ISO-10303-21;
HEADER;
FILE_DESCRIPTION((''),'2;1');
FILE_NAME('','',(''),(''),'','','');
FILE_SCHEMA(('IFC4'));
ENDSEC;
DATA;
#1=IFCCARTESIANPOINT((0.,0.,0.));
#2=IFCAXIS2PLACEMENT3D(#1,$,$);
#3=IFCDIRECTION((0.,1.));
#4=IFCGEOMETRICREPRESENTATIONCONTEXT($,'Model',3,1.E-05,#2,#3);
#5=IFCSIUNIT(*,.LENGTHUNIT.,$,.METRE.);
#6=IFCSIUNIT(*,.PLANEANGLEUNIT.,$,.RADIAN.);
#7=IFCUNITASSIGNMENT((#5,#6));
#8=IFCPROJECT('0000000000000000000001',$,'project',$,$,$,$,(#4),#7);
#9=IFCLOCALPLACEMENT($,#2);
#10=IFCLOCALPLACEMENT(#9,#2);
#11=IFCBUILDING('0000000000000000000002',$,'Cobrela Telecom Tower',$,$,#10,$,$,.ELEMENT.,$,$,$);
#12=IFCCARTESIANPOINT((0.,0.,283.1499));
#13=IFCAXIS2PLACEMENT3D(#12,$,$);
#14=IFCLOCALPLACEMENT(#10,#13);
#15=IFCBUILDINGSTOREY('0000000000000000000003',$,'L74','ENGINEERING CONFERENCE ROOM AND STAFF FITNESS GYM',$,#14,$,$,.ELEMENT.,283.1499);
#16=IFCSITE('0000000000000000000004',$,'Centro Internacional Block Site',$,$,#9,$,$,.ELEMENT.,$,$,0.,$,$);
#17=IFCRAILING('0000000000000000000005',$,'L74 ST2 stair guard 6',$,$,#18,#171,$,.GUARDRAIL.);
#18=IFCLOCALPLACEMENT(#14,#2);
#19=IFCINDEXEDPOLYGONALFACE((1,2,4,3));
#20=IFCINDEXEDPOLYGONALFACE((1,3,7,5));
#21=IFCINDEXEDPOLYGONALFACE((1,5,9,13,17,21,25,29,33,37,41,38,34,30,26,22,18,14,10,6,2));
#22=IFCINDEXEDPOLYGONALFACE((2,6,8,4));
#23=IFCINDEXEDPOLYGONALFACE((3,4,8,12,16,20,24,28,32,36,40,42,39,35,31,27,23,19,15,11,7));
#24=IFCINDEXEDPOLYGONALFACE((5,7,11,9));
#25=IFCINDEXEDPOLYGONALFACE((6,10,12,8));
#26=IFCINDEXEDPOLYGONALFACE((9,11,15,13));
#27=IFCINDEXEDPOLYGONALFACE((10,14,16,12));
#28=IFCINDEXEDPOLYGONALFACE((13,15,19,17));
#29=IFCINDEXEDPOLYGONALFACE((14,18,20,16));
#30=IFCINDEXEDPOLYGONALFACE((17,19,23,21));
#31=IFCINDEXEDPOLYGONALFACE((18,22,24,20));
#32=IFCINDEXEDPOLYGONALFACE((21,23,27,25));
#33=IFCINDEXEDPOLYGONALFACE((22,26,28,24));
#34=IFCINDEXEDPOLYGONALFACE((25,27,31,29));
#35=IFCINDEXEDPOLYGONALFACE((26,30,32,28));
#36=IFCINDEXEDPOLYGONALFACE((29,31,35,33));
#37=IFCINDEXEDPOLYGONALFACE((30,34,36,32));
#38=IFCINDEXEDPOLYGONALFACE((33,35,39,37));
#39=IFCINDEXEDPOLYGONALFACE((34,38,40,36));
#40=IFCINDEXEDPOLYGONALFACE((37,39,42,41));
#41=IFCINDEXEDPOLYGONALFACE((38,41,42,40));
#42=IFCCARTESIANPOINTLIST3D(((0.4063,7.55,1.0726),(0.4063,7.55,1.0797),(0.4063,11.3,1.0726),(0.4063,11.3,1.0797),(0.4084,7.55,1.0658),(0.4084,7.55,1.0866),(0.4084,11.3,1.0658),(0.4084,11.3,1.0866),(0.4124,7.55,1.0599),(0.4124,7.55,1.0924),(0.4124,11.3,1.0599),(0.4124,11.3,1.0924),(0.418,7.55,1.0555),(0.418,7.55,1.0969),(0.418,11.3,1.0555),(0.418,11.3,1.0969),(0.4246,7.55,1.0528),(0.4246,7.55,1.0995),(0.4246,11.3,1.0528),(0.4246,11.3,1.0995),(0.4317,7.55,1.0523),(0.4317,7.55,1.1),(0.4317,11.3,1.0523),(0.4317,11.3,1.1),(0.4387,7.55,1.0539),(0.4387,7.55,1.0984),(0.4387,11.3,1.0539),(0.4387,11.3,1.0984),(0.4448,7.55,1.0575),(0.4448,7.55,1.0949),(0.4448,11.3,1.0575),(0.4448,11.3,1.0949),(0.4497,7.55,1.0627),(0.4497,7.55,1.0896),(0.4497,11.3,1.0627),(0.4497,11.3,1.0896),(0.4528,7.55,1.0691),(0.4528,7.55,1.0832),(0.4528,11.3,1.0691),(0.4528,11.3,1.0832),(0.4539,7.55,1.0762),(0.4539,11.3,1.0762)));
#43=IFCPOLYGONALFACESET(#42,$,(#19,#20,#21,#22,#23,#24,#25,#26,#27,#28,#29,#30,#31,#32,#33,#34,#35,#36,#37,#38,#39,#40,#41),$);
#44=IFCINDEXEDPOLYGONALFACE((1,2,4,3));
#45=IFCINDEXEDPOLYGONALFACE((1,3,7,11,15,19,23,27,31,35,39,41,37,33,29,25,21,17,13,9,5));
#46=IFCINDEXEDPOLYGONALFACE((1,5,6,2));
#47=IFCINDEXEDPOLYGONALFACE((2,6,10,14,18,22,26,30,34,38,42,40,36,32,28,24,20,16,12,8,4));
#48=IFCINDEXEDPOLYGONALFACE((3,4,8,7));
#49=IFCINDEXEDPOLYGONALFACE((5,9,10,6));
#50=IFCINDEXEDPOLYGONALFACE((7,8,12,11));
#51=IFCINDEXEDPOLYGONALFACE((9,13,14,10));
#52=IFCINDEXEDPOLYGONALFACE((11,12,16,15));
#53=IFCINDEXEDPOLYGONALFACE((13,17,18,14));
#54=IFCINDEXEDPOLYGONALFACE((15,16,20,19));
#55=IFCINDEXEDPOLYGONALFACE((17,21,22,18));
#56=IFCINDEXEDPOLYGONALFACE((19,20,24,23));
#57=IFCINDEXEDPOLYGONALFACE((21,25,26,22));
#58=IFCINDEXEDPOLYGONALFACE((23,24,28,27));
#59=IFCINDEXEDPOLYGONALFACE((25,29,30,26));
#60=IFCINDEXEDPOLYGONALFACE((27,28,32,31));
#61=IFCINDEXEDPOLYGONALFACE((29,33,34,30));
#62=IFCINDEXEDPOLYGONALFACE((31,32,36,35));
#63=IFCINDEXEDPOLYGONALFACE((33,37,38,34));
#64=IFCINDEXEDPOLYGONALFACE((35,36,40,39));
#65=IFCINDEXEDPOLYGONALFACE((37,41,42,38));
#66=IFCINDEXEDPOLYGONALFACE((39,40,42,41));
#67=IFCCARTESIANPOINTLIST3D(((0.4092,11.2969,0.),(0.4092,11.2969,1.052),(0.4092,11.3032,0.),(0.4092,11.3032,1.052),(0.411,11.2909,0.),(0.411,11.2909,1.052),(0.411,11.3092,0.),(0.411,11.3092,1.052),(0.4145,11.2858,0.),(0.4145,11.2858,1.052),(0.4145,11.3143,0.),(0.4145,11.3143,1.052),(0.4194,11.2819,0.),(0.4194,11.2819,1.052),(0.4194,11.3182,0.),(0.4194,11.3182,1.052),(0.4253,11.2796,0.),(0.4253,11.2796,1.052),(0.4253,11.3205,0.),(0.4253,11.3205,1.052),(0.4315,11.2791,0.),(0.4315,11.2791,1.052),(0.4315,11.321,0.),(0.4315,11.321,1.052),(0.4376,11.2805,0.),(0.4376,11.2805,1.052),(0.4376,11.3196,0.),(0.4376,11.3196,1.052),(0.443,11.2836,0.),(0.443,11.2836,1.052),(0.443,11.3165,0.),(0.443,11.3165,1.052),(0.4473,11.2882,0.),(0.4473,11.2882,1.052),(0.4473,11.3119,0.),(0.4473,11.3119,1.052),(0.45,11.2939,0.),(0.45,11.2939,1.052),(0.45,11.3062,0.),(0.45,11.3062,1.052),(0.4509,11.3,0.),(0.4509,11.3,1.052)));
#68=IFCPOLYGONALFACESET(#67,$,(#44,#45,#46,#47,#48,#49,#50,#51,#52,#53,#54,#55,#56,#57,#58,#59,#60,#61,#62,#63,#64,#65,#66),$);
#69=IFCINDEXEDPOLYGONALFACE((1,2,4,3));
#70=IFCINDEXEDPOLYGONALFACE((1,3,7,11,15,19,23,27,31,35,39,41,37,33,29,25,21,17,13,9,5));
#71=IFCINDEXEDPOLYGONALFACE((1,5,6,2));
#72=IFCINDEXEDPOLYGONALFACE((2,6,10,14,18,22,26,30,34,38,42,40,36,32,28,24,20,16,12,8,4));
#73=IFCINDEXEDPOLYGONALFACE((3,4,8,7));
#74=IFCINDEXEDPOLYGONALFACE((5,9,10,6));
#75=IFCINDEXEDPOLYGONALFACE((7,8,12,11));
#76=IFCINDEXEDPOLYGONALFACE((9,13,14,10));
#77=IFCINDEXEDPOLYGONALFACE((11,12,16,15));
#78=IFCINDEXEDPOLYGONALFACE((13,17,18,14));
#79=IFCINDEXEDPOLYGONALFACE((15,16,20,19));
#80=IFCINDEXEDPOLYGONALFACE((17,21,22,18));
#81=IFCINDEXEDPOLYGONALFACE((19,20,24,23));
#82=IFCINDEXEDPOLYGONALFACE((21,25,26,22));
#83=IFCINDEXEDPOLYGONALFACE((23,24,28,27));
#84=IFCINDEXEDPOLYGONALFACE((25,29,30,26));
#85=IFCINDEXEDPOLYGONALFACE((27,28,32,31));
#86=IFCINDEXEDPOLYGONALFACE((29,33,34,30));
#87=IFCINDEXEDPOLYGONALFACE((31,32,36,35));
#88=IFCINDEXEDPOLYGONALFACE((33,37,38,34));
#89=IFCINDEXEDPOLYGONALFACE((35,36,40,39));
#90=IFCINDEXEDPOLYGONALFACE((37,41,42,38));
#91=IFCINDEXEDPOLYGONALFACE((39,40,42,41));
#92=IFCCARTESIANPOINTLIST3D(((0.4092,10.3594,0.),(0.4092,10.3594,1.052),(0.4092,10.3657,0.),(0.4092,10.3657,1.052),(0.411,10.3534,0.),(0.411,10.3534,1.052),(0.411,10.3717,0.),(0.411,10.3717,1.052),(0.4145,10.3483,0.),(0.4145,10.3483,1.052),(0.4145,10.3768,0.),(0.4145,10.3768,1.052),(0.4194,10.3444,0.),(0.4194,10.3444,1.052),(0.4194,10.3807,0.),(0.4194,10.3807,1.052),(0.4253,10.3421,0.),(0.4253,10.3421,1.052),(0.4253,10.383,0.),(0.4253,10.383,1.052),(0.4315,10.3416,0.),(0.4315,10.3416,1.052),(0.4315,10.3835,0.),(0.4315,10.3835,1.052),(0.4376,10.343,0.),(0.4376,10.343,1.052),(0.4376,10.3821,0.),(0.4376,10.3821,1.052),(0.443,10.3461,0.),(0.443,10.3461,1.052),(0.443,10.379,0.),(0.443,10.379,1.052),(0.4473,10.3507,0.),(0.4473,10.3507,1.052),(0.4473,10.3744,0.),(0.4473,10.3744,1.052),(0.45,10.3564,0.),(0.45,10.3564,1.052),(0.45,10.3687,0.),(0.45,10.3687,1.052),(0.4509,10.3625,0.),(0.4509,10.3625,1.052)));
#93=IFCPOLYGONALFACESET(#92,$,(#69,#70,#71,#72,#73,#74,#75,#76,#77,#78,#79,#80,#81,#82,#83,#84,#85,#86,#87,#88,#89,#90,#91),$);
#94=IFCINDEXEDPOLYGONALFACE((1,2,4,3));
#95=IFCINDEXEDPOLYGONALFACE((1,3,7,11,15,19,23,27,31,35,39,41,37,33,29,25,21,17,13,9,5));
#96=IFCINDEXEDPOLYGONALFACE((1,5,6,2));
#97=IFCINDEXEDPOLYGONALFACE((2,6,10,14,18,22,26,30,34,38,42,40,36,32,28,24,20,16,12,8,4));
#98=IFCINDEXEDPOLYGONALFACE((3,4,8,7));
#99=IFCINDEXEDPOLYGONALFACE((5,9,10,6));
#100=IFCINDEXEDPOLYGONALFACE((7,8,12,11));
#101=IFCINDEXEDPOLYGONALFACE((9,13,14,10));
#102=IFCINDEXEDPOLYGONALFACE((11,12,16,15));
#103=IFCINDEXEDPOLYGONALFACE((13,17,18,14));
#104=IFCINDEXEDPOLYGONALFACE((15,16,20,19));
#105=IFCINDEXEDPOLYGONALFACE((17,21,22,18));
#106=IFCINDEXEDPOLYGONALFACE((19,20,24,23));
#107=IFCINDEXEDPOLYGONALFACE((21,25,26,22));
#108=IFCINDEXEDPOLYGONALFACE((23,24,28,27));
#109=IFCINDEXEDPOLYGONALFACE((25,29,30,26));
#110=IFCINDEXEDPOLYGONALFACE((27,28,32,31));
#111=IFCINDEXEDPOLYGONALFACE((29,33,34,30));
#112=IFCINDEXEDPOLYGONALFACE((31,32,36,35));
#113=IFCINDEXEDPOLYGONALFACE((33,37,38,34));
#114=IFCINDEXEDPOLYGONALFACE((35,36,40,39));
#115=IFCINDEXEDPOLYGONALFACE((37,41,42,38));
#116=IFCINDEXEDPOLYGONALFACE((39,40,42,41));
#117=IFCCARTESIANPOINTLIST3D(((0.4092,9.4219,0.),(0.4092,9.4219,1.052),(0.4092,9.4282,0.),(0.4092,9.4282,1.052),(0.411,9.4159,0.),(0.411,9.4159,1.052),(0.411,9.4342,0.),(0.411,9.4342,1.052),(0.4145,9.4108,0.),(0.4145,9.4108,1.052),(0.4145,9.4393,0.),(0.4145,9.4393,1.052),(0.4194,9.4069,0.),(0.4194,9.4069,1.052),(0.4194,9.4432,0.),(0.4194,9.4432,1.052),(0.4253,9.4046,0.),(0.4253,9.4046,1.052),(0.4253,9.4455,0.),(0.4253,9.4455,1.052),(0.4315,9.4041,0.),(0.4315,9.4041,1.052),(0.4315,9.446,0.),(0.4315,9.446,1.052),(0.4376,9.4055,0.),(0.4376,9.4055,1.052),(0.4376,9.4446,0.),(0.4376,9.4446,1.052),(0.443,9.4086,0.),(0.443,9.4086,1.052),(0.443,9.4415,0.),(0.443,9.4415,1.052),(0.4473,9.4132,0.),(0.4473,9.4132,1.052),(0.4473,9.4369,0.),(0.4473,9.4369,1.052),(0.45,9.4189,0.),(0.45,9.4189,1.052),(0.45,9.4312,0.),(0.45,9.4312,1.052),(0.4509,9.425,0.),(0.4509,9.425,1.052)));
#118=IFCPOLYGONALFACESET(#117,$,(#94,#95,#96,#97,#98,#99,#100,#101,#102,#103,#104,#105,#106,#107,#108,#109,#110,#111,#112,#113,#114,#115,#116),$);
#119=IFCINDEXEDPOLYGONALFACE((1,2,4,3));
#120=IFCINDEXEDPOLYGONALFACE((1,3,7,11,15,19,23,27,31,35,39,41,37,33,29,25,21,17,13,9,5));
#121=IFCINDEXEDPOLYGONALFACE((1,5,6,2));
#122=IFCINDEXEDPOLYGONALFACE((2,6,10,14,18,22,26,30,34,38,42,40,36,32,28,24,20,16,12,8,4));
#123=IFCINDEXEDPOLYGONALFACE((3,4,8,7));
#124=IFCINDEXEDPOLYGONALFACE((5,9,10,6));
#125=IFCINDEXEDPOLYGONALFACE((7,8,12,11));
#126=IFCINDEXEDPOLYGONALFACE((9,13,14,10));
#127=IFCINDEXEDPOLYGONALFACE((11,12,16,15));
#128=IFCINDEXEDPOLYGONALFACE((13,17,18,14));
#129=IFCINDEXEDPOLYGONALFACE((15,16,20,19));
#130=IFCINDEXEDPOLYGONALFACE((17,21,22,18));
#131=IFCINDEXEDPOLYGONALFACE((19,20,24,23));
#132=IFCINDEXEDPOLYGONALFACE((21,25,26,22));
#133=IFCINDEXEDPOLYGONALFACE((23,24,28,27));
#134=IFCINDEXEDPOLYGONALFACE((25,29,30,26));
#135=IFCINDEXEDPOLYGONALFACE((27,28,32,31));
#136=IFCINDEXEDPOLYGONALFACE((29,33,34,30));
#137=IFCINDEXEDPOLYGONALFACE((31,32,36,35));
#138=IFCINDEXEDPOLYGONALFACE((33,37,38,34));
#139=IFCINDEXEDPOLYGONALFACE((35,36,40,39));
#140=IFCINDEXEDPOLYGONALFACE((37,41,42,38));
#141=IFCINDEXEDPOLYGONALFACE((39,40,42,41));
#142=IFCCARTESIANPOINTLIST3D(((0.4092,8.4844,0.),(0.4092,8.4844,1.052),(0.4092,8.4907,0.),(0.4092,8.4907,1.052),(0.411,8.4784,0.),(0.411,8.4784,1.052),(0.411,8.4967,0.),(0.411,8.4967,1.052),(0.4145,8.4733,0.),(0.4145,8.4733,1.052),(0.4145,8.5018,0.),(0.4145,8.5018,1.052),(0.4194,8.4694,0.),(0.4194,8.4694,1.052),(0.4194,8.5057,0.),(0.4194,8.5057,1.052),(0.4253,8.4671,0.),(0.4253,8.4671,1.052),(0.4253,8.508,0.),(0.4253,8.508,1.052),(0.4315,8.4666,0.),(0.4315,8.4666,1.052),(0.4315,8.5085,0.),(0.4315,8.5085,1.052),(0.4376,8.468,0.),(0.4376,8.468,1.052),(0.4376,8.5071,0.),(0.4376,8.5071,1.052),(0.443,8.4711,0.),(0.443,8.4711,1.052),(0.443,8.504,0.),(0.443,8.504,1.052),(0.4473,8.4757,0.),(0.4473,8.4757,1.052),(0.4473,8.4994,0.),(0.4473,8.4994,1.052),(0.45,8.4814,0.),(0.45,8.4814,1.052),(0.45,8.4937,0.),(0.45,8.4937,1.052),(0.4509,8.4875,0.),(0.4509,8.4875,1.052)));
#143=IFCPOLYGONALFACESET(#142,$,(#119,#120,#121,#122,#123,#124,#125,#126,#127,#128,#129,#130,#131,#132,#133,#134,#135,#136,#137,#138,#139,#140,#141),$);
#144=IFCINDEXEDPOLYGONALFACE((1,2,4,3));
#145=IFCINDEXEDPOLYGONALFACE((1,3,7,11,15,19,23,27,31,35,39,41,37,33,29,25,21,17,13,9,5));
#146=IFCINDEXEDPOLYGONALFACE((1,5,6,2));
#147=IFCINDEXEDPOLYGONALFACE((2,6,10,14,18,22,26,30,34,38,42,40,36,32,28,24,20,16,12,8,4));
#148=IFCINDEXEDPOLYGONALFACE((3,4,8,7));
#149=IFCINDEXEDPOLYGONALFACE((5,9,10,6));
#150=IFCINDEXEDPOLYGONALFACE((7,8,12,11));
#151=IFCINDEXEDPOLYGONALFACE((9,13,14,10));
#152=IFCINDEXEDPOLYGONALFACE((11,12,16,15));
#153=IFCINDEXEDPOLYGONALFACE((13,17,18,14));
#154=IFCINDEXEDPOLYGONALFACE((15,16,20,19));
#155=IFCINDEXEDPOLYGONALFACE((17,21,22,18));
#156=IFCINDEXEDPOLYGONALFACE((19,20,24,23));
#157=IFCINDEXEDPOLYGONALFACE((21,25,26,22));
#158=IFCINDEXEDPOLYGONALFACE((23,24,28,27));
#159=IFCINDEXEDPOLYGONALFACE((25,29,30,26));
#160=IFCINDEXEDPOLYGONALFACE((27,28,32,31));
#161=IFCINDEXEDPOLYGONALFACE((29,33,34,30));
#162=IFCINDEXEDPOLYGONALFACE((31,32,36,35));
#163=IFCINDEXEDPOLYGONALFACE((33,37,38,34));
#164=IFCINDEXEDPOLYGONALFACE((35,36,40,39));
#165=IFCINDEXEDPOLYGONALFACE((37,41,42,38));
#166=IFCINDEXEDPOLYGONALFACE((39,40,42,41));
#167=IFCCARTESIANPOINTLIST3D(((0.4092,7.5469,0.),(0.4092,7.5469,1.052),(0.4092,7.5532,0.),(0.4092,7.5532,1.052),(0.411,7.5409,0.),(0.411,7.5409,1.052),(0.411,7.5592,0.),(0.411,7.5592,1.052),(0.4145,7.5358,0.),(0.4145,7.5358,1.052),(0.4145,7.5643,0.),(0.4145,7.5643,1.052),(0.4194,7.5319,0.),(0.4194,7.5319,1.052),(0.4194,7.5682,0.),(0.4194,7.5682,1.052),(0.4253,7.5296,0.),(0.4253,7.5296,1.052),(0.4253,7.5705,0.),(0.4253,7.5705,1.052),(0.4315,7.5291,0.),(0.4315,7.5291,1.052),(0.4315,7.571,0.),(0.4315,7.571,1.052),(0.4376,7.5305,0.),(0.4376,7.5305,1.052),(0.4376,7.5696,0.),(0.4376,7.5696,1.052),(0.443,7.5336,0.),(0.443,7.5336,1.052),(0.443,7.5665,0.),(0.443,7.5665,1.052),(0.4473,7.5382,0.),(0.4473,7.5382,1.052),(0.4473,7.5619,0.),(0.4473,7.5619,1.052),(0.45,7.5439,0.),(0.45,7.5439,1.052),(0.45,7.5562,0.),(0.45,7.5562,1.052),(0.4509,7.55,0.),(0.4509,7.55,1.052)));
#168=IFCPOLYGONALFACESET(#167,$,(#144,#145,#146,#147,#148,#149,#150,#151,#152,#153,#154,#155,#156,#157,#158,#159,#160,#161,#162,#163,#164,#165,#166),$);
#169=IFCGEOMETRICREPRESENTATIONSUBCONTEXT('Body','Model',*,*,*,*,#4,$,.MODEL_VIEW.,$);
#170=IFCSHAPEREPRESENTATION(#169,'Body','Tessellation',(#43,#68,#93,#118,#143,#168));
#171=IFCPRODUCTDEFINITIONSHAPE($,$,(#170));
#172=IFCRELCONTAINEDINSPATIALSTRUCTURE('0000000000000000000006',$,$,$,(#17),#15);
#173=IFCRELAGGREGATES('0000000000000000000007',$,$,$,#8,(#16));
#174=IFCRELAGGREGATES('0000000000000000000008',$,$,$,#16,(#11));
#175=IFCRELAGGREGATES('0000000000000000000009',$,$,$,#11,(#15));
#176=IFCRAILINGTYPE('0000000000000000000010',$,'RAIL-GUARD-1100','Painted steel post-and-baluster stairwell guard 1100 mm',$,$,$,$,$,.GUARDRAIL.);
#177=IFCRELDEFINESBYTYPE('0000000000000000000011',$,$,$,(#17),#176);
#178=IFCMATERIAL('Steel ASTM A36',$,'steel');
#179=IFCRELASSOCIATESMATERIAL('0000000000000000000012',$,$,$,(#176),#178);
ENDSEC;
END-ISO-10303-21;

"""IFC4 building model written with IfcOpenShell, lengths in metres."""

from ifc_helpers import new_model, si_unit, direction, frame, origin, origin_2d, place, context, subcontext, project, spatial, circle, extrude, material, type_object, element, save


model = new_model("IFC4")

# Units and contexts
model_context = context("Model", 3, precision=1e-05, world=origin(), true_north=direction((0.0, 1.0)))
body_context = subcontext(model_context, "Body", "Model", "MODEL_VIEW")
ifc_project = project(units=[si_unit("LENGTHUNIT", "METRE"), si_unit("PLANEANGLEUNIT", "RADIAN")], contexts=[model_context])

# Site, building, storey
site_placement = place(None, origin())
site = spatial("IfcSite", under=ifc_project, at=site_placement, Name="Centro Internacional Block Site", CompositionType="ELEMENT", RefElevation=0.0)
building_placement = place(site_placement, origin())
building = spatial("IfcBuilding", under=site, at=building_placement, Name="Cobrela Telecom Tower", CompositionType="ELEMENT")
storey_placement = place(building_placement, frame((0.0, 0.0, 283.1499)))
storey = spatial("IfcBuildingStorey", under=building, at=storey_placement, Name="L74", Description="ENGINEERING CONFERENCE ROOM AND STAFF FITNESS GYM", CompositionType="ELEMENT", Elevation=283.1499)

# Shared definitions
ifc_material_1 = material(Name="Steel ASTM A36", Category="steel")

# Railing
railing_type_1 = type_object("IfcRailingType", Name="RAIL-GUARD-1100", Description="Painted steel post-and-baluster stairwell guard 1100 mm", PredefinedType="GUARDRAIL", material=ifc_material_1)
railing_1_placement = place(storey_placement, frame((0.4299, 11.3, 0.0)))
element("IfcRailing", 1, at=railing_1_placement, inside=storey, type_object=railing_type_1, Name="L74 ST2 stair guard 6", PredefinedType="GUARDRAIL", context=body_context, shape_type="SweptSolid", body=[
    extrude(circle(Radius=0.0239, at=origin_2d()), frame((0.0, 0.0, 1.0762), z_axis=(0.0, -1.0, 0.0), x_axis=(1.0, 0.0, 0.0)), (0.0, 0.0, 1.0), 3.75),
    extrude(circle(Radius=0.021, at=origin_2d()), origin(), (0.0, 0.0, 1.0), 1.052),
    extrude(circle(Radius=0.021, at=origin_2d()), frame((0.0, -0.9375, 0.0)), (0.0, 0.0, 1.0), 1.052),
    extrude(circle(Radius=0.021, at=origin_2d()), frame((0.0, -1.875, 0.0)), (0.0, 0.0, 1.0), 1.052),
    extrude(circle(Radius=0.021, at=origin_2d()), frame((0.0, -2.8125, 0.0)), (0.0, 0.0, 1.0), 1.052),
    extrude(circle(Radius=0.021, at=origin_2d()), frame((0.0, -3.75, 0.0)), (0.0, 0.0, 1.0), 1.052),
])

save(model, "model.ifc")
